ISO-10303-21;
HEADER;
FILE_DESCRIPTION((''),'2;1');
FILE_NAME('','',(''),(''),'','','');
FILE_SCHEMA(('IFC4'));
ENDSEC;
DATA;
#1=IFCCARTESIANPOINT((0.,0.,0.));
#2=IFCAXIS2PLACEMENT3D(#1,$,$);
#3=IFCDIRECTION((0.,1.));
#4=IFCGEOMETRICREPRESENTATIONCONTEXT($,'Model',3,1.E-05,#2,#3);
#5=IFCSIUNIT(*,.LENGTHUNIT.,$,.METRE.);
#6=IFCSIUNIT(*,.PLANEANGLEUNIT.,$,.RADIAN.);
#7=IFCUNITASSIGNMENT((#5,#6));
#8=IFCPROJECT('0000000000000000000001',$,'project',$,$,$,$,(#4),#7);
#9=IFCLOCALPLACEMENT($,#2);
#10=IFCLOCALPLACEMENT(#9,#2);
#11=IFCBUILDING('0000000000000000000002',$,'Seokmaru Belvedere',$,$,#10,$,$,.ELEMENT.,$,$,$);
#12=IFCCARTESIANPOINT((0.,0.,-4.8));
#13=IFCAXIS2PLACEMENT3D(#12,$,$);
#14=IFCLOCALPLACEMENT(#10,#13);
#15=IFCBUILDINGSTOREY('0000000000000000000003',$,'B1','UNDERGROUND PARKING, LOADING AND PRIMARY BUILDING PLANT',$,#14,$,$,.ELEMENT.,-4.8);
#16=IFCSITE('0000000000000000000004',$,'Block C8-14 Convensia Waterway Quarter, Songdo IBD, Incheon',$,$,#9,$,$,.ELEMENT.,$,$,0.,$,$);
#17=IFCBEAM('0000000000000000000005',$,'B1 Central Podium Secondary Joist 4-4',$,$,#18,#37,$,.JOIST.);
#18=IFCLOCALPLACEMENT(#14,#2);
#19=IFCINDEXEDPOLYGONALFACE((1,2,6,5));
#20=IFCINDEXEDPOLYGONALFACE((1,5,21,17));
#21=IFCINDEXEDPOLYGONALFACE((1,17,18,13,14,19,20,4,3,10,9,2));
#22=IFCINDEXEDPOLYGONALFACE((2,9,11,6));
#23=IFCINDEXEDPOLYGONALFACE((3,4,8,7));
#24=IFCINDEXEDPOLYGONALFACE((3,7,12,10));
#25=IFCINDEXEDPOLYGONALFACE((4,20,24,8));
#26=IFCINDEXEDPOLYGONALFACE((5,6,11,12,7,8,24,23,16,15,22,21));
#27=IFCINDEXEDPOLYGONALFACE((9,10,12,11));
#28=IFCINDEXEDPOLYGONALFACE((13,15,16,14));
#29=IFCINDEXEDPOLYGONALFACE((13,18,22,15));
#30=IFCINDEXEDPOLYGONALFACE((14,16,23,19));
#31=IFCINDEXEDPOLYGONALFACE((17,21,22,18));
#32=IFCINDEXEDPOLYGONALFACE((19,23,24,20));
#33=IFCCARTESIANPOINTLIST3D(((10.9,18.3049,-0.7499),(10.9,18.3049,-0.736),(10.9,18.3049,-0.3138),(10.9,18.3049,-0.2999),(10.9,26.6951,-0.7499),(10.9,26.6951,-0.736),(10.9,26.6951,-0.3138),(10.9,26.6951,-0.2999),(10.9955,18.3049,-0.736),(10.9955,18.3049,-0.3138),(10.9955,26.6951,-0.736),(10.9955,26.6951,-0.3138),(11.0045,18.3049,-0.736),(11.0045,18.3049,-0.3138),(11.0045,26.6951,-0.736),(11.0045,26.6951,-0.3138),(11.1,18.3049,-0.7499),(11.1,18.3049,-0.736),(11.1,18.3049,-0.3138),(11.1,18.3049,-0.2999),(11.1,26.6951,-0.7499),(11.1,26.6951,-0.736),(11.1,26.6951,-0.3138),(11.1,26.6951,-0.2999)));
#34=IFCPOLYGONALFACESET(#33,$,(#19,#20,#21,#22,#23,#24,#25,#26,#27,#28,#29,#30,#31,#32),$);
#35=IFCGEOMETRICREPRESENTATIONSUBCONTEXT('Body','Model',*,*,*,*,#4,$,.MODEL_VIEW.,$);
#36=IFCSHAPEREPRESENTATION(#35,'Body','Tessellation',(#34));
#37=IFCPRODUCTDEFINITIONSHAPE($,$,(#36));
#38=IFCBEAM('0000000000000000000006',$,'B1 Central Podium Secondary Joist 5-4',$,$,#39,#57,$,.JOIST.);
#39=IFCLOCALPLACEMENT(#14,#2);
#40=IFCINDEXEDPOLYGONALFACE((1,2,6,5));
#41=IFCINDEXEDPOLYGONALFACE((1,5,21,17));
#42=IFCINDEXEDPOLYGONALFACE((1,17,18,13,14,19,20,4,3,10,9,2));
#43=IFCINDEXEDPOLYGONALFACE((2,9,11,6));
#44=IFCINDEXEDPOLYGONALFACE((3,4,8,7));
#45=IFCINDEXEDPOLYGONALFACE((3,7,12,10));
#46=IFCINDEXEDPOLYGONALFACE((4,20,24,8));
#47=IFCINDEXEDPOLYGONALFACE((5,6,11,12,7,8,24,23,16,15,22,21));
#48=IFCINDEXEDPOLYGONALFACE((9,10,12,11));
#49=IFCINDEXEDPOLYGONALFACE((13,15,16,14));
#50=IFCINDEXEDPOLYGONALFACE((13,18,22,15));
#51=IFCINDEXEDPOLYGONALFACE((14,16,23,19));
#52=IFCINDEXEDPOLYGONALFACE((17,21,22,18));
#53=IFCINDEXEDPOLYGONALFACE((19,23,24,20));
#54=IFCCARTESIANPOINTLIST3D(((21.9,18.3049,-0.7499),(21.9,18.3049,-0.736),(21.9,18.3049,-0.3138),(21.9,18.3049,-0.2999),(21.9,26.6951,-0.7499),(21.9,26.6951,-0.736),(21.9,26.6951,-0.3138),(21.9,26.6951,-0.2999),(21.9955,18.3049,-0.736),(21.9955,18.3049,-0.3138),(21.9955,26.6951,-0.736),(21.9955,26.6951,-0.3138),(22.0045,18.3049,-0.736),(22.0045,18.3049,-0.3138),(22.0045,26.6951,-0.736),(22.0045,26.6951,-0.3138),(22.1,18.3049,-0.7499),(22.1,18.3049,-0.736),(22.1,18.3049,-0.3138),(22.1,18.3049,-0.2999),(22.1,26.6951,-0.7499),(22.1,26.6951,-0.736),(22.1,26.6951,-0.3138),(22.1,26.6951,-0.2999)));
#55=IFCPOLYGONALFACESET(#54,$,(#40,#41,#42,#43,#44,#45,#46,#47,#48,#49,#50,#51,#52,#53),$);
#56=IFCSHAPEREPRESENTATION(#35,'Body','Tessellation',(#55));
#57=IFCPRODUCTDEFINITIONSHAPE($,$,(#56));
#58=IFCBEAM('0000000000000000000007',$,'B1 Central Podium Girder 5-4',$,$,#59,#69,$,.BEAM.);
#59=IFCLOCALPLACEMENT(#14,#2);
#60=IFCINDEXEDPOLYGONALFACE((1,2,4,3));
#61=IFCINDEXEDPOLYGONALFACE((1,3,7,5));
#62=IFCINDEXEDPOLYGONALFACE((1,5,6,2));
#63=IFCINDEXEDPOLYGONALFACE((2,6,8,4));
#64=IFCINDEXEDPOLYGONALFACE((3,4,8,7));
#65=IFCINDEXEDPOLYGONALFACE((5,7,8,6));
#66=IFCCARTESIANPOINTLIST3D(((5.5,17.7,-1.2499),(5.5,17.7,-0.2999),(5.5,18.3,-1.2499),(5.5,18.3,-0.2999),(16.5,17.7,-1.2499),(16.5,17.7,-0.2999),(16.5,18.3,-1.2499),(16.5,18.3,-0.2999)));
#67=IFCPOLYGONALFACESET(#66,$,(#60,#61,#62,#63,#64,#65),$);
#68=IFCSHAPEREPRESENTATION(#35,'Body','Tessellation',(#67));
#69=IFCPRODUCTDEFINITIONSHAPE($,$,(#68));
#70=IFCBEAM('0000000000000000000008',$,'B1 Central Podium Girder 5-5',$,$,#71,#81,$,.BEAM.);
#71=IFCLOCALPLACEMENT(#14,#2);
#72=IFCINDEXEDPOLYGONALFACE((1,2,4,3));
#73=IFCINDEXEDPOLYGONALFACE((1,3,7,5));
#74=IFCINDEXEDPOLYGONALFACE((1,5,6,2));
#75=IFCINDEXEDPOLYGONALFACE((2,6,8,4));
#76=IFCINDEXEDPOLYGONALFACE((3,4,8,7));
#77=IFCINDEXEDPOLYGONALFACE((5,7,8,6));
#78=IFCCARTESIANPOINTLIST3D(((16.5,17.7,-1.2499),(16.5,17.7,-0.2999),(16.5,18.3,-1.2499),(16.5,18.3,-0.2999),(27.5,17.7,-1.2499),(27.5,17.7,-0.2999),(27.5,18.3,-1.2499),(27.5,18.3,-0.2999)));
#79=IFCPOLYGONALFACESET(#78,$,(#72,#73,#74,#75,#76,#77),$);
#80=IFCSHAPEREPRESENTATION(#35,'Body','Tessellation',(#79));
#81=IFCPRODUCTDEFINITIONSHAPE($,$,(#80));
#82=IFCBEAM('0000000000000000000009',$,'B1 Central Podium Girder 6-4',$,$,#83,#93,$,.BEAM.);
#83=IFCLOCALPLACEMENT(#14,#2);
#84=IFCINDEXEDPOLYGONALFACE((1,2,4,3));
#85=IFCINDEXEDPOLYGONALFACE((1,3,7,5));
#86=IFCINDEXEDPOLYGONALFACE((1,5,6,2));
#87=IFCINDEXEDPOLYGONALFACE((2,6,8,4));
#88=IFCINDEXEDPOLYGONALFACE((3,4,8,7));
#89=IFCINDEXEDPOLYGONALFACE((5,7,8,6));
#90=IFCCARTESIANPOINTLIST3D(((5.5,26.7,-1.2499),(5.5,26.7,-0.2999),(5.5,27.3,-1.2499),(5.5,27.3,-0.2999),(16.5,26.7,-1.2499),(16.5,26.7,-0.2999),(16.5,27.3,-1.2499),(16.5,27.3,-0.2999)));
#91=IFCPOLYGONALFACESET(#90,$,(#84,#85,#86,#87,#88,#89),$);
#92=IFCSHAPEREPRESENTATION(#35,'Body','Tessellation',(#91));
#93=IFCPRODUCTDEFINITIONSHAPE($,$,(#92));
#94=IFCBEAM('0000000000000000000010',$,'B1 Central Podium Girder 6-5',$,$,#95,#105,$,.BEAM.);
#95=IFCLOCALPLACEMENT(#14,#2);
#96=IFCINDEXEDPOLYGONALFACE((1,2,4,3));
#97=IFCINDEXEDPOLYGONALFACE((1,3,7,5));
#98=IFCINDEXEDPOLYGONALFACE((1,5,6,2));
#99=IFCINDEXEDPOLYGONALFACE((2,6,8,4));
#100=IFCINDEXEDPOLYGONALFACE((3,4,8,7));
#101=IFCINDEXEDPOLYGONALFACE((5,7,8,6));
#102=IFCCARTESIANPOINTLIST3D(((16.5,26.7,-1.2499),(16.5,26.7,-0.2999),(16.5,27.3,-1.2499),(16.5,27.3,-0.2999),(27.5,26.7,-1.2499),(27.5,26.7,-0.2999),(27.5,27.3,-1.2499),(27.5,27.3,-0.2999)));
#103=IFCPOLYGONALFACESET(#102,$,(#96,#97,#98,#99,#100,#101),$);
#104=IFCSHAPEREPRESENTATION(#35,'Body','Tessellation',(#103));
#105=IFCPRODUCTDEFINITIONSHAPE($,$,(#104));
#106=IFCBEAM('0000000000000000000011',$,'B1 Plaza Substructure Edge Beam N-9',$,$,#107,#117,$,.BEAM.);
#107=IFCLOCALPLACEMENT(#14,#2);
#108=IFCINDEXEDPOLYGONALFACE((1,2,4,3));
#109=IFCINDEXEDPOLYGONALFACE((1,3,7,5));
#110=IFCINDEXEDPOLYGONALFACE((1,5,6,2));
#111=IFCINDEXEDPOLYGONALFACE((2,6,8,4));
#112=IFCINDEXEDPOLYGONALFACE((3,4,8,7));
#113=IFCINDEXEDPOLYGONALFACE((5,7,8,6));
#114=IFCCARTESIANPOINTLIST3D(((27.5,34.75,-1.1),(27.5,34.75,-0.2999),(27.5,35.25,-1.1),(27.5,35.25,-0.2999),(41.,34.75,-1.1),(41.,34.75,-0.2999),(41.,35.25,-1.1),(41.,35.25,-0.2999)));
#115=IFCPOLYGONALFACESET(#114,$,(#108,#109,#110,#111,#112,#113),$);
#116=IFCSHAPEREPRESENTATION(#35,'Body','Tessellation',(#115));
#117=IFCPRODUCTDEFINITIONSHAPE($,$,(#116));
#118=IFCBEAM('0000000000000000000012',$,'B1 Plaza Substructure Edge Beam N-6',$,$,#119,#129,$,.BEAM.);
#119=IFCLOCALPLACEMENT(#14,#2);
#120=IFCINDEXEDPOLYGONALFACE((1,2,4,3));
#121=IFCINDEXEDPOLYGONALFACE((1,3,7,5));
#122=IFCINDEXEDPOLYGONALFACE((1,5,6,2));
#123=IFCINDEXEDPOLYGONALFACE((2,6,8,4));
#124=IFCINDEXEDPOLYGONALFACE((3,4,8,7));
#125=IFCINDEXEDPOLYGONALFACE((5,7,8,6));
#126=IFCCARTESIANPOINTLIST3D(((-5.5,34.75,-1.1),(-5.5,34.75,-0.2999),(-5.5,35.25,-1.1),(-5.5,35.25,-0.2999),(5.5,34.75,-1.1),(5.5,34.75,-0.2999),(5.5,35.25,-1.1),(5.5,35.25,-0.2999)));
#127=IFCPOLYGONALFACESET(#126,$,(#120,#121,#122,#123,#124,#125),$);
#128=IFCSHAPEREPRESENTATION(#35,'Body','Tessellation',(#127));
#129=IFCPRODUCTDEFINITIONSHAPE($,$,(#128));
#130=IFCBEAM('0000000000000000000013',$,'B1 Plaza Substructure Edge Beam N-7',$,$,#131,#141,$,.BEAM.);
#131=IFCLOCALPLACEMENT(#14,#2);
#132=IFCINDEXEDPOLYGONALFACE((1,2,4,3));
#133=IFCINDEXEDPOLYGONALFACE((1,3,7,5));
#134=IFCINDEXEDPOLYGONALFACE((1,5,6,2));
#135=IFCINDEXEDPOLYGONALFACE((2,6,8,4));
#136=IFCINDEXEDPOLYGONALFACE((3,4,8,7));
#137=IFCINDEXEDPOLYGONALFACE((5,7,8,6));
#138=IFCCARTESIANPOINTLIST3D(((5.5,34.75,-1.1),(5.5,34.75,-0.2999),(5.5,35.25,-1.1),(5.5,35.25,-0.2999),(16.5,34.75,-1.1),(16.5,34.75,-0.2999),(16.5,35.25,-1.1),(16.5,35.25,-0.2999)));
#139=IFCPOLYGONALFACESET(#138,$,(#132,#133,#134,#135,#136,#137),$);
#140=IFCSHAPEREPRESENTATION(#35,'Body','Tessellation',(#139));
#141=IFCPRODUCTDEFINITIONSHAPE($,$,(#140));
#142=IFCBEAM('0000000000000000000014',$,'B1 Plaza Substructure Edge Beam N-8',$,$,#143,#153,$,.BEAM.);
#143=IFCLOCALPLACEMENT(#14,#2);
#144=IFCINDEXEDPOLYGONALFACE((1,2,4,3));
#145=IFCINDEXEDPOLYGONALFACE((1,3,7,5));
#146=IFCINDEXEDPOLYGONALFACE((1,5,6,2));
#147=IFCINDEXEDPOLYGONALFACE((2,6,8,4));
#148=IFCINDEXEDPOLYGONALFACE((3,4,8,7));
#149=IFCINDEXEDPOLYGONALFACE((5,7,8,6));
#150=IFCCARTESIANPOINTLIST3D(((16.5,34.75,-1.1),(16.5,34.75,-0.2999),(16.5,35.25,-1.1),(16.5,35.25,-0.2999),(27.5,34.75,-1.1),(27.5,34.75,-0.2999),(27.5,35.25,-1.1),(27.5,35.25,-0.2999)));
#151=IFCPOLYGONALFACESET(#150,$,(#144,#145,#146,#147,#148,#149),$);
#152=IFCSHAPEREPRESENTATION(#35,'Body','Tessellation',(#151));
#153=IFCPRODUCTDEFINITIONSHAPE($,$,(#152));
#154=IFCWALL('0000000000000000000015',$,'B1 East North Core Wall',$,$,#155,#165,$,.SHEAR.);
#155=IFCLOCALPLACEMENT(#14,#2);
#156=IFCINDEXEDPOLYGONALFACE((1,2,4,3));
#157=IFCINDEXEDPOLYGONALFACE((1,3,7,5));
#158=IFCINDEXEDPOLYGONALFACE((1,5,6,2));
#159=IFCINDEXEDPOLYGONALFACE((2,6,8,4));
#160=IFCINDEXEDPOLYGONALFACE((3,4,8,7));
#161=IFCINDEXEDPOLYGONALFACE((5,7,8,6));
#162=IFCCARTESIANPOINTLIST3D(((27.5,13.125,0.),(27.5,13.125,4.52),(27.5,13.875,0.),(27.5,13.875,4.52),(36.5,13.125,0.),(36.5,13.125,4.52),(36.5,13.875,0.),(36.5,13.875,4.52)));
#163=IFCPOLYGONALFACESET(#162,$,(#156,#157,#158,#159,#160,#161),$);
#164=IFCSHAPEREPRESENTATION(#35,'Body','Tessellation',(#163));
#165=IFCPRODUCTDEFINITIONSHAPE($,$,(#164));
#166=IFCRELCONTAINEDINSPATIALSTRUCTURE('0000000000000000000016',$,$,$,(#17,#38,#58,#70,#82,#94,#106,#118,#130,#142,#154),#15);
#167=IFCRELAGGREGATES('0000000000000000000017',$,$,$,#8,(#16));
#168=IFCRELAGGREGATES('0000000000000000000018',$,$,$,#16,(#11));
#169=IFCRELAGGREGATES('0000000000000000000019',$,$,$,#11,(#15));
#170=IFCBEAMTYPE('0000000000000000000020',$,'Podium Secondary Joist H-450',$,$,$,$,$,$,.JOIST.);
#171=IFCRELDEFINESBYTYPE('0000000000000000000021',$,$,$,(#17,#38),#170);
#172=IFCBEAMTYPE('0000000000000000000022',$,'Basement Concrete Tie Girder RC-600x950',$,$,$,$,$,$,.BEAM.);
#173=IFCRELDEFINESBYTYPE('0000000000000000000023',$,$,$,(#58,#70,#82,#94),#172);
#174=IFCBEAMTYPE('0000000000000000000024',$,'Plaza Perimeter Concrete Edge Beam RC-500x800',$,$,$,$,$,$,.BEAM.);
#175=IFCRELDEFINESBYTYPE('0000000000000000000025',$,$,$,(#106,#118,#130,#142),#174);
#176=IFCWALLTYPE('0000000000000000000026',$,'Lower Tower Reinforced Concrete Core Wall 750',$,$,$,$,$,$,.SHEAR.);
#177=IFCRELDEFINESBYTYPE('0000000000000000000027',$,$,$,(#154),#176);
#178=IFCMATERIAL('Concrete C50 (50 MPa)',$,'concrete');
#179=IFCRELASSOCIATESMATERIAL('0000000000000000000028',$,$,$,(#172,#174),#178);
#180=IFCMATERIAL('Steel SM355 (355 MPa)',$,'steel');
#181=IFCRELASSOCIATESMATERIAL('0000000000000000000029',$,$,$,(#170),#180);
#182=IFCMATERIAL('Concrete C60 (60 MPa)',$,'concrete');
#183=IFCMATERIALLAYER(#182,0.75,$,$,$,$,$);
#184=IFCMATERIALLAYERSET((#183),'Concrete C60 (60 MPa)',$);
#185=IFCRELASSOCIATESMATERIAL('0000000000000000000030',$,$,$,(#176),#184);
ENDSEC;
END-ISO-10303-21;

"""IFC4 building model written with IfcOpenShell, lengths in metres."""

from ifc_helpers import new_model, si_unit, direction, frame, frame_2d, origin, origin_2d, place, context, subcontext, project, spatial, rectangle, i_section, extrude, source, transform, mapped, material, layer, layer_set, material_profile, profile_set, type_object, type_shapes, element, save


model = new_model("IFC4")

# Units and contexts
model_context = context("Model", 3, precision=1e-05, world=origin(), true_north=direction((0.0, 1.0)))
body_context = subcontext(model_context, "Body", "Model", "MODEL_VIEW")
ifc_project = project(units=[si_unit("LENGTHUNIT", "METRE"), si_unit("PLANEANGLEUNIT", "RADIAN")], contexts=[model_context])

# Site, building, storey
site_placement = place(None, origin())
site = spatial("IfcSite", under=ifc_project, at=site_placement, Name="Block C8-14 Convensia Waterway Quarter, Songdo IBD, Incheon", CompositionType="ELEMENT", RefElevation=0.0)
building_placement = place(site_placement, origin())
building = spatial("IfcBuilding", under=site, at=building_placement, Name="Seokmaru Belvedere", CompositionType="ELEMENT")
storey_placement = place(building_placement, frame((0.0, 0.0, -4.8)))
storey = spatial("IfcBuildingStorey", under=building, at=storey_placement, Name="B1", Description="UNDERGROUND PARKING, LOADING AND PRIMARY BUILDING PLANT", CompositionType="ELEMENT", Elevation=-4.8)

# Shared definitions
ifc_material_1 = material(Name="Concrete C60 (60 MPa)", Category="concrete")
ifc_material_2 = material(Name="Concrete C50 (50 MPa)", Category="concrete")

# Beams
ifc_material_profile_1 = material_profile(ifc_material_2, rectangle(XDim=0.6001, YDim=0.95, at=origin_2d()), Name="RC-600x950")
ifc_profile_set_1 = profile_set([ifc_material_profile_1], Name="Concrete C50 (50 MPa)")
beam_type_1 = type_object("IfcBeamType", Name="Basement Concrete Tie Girder RC-600x950", PredefinedType="BEAM", material=ifc_profile_set_1)
ifc_material_3 = material(Name="Steel SM355 (355 MPa)", Category="steel")
ifc_material_profile_2 = material_profile(ifc_material_3, i_section(OverallWidth=0.2, OverallDepth=0.45, WebThickness=0.009, FlangeThickness=0.0139, at=origin_2d()), Name="H-450x200x9x14")
ifc_profile_set_2 = profile_set([ifc_material_profile_2], Name="Steel SM355 (355 MPa)")
beam_type_2 = type_object("IfcBeamType", Name="Podium Secondary Joist H-450", PredefinedType="JOIST", material=ifc_profile_set_2)
shared_shape_1 = source(origin(), body_context, "Body", "SweptSolid", [
    extrude(i_section(OverallWidth=0.2, OverallDepth=0.45, WebThickness=0.009, FlangeThickness=0.0139, at=origin_2d()), origin(), (0.0, 0.0, 1.0), 8.3901),
])
type_shapes(beam_type_2, [shared_shape_1])
for number, where, z_axis, x_axis, name in (
    (1, (11.0, 18.3049, -0.5249), (0.0, 1.0, 0.0), (-1.0, 0.0, 0.0), "B1 Central Podium Secondary Joist 4-4"),
    (2, (22.0, 18.3049, -0.5249), (0.0, 1.0, 0.0), (-1.0, 0.0, 0.0), "B1 Central Podium Secondary Joist 5-4"),
):
    element("IfcBeam", number, at=place(storey_placement, frame(where, z_axis=z_axis, x_axis=x_axis)), inside=storey, type_object=beam_type_2, Name=name, PredefinedType="JOIST", context=body_context, shape_type="MappedRepresentation", body=[
        mapped(shared_shape_1, transform((0.0, 0.0, 0.0), scale=1.0)),
    ])
shared_shape_2 = source(origin(), body_context, "Body", "SweptSolid", [
    extrude(rectangle(XDim=0.6001, YDim=0.95, at=origin_2d()), origin(), (0.0, 0.0, 1.0), 11.0),
])
for number, where, z_axis, x_axis, name in (
    (3, (5.5, 18.0, -0.7749), (1.0, 0.0, 0.0), (0.0, 1.0, 0.0), "B1 Central Podium Girder 5-4"),
    (4, (16.5, 18.0, -0.7749), (1.0, 0.0, 0.0), (0.0, 1.0, 0.0), "B1 Central Podium Girder 5-5"),
    (5, (5.5, 27.0, -0.7749), (1.0, 0.0, 0.0), (0.0, 1.0, 0.0), "B1 Central Podium Girder 6-4"),
    (6, (16.5, 27.0, -0.7749), (1.0, 0.0, 0.0), (0.0, 1.0, 0.0), "B1 Central Podium Girder 6-5"),
):
    element("IfcBeam", number, at=place(storey_placement, frame(where, z_axis=z_axis, x_axis=x_axis)), inside=storey, type_object=beam_type_1, Name=name, PredefinedType="BEAM", context=body_context, shape_type="MappedRepresentation", body=[
        mapped(shared_shape_2, transform((0.0, 0.0, 0.0), scale=1.0)),
    ])
ifc_material_profile_3 = material_profile(ifc_material_2, rectangle(XDim=0.5, YDim=0.8, at=origin_2d()), Name="RC-500x800")
ifc_profile_set_3 = profile_set([ifc_material_profile_3], Name="Concrete C50 (50 MPa)")
beam_type_3 = type_object("IfcBeamType", Name="Plaza Perimeter Concrete Edge Beam RC-500x800", PredefinedType="BEAM", material=ifc_profile_set_3)
shared_shape_3 = source(origin(), body_context, "Body", "SweptSolid", [
    extrude(rectangle(XDim=0.5, YDim=0.8, at=origin_2d()), origin(), (0.0, 0.0, 1.0), 13.5),
])
beam_placement = place(storey_placement, frame((27.5, 35.0, -0.7), z_axis=(1.0, 0.0, 0.0), x_axis=(0.0, 1.0, 0.0)))
element("IfcBeam", 7, at=beam_placement, inside=storey, type_object=beam_type_3, Name="B1 Plaza Substructure Edge Beam N-9", PredefinedType="BEAM", context=body_context, shape_type="MappedRepresentation", body=[
    mapped(shared_shape_3, transform((0.0, 0.0, 0.0), scale=1.0)),
])
shared_shape_4 = source(origin(), body_context, "Body", "SweptSolid", [
    extrude(rectangle(XDim=0.5, YDim=0.8, at=origin_2d()), origin(), (0.0, 0.0, 1.0), 11.0),
])
type_shapes(beam_type_3, [shared_shape_3, shared_shape_4])
for number, where, z_axis, x_axis, name in (
    (8, (-5.5, 35.0, -0.7), (1.0, 0.0, 0.0), (0.0, 1.0, 0.0), "B1 Plaza Substructure Edge Beam N-6"),
    (9, (5.5, 35.0, -0.7), (1.0, 0.0, 0.0), (0.0, 1.0, 0.0), "B1 Plaza Substructure Edge Beam N-7"),
    (10, (16.5, 35.0, -0.7), (1.0, 0.0, 0.0), (0.0, 1.0, 0.0), "B1 Plaza Substructure Edge Beam N-8"),
):
    element("IfcBeam", number, at=place(storey_placement, frame(where, z_axis=z_axis, x_axis=x_axis)), inside=storey, type_object=beam_type_3, Name=name, PredefinedType="BEAM", context=body_context, shape_type="MappedRepresentation", body=[
        mapped(shared_shape_4, transform((0.0, 0.0, 0.0), scale=1.0)),
    ])

# Wall
ifc_layer = layer(ifc_material_1, 0.75)
ifc_layer_set = layer_set([ifc_layer], Name="Concrete C60 (60 MPa)")
wall_type = type_object("IfcWallType", Name="Lower Tower Reinforced Concrete Core Wall 750", PredefinedType="SHEAR", material=ifc_layer_set)
wall_placement = place(storey_placement, frame((27.5, 13.5, 0.0), z_axis=(0.0, 0.0, 1.0), x_axis=(1.0, 0.0, 0.0)))
element("IfcWall", 11, at=wall_placement, inside=storey, type_object=wall_type, Name="B1 East North Core Wall", PredefinedType="SHEAR", context=body_context, shape_type="SweptSolid", body=[
    extrude(rectangle(XDim=9.0, YDim=0.75, at=frame_2d((4.5, 0.0))), origin(), (0.0, 0.0, 1.0), 4.52),
])

save(model, "model.ifc")
